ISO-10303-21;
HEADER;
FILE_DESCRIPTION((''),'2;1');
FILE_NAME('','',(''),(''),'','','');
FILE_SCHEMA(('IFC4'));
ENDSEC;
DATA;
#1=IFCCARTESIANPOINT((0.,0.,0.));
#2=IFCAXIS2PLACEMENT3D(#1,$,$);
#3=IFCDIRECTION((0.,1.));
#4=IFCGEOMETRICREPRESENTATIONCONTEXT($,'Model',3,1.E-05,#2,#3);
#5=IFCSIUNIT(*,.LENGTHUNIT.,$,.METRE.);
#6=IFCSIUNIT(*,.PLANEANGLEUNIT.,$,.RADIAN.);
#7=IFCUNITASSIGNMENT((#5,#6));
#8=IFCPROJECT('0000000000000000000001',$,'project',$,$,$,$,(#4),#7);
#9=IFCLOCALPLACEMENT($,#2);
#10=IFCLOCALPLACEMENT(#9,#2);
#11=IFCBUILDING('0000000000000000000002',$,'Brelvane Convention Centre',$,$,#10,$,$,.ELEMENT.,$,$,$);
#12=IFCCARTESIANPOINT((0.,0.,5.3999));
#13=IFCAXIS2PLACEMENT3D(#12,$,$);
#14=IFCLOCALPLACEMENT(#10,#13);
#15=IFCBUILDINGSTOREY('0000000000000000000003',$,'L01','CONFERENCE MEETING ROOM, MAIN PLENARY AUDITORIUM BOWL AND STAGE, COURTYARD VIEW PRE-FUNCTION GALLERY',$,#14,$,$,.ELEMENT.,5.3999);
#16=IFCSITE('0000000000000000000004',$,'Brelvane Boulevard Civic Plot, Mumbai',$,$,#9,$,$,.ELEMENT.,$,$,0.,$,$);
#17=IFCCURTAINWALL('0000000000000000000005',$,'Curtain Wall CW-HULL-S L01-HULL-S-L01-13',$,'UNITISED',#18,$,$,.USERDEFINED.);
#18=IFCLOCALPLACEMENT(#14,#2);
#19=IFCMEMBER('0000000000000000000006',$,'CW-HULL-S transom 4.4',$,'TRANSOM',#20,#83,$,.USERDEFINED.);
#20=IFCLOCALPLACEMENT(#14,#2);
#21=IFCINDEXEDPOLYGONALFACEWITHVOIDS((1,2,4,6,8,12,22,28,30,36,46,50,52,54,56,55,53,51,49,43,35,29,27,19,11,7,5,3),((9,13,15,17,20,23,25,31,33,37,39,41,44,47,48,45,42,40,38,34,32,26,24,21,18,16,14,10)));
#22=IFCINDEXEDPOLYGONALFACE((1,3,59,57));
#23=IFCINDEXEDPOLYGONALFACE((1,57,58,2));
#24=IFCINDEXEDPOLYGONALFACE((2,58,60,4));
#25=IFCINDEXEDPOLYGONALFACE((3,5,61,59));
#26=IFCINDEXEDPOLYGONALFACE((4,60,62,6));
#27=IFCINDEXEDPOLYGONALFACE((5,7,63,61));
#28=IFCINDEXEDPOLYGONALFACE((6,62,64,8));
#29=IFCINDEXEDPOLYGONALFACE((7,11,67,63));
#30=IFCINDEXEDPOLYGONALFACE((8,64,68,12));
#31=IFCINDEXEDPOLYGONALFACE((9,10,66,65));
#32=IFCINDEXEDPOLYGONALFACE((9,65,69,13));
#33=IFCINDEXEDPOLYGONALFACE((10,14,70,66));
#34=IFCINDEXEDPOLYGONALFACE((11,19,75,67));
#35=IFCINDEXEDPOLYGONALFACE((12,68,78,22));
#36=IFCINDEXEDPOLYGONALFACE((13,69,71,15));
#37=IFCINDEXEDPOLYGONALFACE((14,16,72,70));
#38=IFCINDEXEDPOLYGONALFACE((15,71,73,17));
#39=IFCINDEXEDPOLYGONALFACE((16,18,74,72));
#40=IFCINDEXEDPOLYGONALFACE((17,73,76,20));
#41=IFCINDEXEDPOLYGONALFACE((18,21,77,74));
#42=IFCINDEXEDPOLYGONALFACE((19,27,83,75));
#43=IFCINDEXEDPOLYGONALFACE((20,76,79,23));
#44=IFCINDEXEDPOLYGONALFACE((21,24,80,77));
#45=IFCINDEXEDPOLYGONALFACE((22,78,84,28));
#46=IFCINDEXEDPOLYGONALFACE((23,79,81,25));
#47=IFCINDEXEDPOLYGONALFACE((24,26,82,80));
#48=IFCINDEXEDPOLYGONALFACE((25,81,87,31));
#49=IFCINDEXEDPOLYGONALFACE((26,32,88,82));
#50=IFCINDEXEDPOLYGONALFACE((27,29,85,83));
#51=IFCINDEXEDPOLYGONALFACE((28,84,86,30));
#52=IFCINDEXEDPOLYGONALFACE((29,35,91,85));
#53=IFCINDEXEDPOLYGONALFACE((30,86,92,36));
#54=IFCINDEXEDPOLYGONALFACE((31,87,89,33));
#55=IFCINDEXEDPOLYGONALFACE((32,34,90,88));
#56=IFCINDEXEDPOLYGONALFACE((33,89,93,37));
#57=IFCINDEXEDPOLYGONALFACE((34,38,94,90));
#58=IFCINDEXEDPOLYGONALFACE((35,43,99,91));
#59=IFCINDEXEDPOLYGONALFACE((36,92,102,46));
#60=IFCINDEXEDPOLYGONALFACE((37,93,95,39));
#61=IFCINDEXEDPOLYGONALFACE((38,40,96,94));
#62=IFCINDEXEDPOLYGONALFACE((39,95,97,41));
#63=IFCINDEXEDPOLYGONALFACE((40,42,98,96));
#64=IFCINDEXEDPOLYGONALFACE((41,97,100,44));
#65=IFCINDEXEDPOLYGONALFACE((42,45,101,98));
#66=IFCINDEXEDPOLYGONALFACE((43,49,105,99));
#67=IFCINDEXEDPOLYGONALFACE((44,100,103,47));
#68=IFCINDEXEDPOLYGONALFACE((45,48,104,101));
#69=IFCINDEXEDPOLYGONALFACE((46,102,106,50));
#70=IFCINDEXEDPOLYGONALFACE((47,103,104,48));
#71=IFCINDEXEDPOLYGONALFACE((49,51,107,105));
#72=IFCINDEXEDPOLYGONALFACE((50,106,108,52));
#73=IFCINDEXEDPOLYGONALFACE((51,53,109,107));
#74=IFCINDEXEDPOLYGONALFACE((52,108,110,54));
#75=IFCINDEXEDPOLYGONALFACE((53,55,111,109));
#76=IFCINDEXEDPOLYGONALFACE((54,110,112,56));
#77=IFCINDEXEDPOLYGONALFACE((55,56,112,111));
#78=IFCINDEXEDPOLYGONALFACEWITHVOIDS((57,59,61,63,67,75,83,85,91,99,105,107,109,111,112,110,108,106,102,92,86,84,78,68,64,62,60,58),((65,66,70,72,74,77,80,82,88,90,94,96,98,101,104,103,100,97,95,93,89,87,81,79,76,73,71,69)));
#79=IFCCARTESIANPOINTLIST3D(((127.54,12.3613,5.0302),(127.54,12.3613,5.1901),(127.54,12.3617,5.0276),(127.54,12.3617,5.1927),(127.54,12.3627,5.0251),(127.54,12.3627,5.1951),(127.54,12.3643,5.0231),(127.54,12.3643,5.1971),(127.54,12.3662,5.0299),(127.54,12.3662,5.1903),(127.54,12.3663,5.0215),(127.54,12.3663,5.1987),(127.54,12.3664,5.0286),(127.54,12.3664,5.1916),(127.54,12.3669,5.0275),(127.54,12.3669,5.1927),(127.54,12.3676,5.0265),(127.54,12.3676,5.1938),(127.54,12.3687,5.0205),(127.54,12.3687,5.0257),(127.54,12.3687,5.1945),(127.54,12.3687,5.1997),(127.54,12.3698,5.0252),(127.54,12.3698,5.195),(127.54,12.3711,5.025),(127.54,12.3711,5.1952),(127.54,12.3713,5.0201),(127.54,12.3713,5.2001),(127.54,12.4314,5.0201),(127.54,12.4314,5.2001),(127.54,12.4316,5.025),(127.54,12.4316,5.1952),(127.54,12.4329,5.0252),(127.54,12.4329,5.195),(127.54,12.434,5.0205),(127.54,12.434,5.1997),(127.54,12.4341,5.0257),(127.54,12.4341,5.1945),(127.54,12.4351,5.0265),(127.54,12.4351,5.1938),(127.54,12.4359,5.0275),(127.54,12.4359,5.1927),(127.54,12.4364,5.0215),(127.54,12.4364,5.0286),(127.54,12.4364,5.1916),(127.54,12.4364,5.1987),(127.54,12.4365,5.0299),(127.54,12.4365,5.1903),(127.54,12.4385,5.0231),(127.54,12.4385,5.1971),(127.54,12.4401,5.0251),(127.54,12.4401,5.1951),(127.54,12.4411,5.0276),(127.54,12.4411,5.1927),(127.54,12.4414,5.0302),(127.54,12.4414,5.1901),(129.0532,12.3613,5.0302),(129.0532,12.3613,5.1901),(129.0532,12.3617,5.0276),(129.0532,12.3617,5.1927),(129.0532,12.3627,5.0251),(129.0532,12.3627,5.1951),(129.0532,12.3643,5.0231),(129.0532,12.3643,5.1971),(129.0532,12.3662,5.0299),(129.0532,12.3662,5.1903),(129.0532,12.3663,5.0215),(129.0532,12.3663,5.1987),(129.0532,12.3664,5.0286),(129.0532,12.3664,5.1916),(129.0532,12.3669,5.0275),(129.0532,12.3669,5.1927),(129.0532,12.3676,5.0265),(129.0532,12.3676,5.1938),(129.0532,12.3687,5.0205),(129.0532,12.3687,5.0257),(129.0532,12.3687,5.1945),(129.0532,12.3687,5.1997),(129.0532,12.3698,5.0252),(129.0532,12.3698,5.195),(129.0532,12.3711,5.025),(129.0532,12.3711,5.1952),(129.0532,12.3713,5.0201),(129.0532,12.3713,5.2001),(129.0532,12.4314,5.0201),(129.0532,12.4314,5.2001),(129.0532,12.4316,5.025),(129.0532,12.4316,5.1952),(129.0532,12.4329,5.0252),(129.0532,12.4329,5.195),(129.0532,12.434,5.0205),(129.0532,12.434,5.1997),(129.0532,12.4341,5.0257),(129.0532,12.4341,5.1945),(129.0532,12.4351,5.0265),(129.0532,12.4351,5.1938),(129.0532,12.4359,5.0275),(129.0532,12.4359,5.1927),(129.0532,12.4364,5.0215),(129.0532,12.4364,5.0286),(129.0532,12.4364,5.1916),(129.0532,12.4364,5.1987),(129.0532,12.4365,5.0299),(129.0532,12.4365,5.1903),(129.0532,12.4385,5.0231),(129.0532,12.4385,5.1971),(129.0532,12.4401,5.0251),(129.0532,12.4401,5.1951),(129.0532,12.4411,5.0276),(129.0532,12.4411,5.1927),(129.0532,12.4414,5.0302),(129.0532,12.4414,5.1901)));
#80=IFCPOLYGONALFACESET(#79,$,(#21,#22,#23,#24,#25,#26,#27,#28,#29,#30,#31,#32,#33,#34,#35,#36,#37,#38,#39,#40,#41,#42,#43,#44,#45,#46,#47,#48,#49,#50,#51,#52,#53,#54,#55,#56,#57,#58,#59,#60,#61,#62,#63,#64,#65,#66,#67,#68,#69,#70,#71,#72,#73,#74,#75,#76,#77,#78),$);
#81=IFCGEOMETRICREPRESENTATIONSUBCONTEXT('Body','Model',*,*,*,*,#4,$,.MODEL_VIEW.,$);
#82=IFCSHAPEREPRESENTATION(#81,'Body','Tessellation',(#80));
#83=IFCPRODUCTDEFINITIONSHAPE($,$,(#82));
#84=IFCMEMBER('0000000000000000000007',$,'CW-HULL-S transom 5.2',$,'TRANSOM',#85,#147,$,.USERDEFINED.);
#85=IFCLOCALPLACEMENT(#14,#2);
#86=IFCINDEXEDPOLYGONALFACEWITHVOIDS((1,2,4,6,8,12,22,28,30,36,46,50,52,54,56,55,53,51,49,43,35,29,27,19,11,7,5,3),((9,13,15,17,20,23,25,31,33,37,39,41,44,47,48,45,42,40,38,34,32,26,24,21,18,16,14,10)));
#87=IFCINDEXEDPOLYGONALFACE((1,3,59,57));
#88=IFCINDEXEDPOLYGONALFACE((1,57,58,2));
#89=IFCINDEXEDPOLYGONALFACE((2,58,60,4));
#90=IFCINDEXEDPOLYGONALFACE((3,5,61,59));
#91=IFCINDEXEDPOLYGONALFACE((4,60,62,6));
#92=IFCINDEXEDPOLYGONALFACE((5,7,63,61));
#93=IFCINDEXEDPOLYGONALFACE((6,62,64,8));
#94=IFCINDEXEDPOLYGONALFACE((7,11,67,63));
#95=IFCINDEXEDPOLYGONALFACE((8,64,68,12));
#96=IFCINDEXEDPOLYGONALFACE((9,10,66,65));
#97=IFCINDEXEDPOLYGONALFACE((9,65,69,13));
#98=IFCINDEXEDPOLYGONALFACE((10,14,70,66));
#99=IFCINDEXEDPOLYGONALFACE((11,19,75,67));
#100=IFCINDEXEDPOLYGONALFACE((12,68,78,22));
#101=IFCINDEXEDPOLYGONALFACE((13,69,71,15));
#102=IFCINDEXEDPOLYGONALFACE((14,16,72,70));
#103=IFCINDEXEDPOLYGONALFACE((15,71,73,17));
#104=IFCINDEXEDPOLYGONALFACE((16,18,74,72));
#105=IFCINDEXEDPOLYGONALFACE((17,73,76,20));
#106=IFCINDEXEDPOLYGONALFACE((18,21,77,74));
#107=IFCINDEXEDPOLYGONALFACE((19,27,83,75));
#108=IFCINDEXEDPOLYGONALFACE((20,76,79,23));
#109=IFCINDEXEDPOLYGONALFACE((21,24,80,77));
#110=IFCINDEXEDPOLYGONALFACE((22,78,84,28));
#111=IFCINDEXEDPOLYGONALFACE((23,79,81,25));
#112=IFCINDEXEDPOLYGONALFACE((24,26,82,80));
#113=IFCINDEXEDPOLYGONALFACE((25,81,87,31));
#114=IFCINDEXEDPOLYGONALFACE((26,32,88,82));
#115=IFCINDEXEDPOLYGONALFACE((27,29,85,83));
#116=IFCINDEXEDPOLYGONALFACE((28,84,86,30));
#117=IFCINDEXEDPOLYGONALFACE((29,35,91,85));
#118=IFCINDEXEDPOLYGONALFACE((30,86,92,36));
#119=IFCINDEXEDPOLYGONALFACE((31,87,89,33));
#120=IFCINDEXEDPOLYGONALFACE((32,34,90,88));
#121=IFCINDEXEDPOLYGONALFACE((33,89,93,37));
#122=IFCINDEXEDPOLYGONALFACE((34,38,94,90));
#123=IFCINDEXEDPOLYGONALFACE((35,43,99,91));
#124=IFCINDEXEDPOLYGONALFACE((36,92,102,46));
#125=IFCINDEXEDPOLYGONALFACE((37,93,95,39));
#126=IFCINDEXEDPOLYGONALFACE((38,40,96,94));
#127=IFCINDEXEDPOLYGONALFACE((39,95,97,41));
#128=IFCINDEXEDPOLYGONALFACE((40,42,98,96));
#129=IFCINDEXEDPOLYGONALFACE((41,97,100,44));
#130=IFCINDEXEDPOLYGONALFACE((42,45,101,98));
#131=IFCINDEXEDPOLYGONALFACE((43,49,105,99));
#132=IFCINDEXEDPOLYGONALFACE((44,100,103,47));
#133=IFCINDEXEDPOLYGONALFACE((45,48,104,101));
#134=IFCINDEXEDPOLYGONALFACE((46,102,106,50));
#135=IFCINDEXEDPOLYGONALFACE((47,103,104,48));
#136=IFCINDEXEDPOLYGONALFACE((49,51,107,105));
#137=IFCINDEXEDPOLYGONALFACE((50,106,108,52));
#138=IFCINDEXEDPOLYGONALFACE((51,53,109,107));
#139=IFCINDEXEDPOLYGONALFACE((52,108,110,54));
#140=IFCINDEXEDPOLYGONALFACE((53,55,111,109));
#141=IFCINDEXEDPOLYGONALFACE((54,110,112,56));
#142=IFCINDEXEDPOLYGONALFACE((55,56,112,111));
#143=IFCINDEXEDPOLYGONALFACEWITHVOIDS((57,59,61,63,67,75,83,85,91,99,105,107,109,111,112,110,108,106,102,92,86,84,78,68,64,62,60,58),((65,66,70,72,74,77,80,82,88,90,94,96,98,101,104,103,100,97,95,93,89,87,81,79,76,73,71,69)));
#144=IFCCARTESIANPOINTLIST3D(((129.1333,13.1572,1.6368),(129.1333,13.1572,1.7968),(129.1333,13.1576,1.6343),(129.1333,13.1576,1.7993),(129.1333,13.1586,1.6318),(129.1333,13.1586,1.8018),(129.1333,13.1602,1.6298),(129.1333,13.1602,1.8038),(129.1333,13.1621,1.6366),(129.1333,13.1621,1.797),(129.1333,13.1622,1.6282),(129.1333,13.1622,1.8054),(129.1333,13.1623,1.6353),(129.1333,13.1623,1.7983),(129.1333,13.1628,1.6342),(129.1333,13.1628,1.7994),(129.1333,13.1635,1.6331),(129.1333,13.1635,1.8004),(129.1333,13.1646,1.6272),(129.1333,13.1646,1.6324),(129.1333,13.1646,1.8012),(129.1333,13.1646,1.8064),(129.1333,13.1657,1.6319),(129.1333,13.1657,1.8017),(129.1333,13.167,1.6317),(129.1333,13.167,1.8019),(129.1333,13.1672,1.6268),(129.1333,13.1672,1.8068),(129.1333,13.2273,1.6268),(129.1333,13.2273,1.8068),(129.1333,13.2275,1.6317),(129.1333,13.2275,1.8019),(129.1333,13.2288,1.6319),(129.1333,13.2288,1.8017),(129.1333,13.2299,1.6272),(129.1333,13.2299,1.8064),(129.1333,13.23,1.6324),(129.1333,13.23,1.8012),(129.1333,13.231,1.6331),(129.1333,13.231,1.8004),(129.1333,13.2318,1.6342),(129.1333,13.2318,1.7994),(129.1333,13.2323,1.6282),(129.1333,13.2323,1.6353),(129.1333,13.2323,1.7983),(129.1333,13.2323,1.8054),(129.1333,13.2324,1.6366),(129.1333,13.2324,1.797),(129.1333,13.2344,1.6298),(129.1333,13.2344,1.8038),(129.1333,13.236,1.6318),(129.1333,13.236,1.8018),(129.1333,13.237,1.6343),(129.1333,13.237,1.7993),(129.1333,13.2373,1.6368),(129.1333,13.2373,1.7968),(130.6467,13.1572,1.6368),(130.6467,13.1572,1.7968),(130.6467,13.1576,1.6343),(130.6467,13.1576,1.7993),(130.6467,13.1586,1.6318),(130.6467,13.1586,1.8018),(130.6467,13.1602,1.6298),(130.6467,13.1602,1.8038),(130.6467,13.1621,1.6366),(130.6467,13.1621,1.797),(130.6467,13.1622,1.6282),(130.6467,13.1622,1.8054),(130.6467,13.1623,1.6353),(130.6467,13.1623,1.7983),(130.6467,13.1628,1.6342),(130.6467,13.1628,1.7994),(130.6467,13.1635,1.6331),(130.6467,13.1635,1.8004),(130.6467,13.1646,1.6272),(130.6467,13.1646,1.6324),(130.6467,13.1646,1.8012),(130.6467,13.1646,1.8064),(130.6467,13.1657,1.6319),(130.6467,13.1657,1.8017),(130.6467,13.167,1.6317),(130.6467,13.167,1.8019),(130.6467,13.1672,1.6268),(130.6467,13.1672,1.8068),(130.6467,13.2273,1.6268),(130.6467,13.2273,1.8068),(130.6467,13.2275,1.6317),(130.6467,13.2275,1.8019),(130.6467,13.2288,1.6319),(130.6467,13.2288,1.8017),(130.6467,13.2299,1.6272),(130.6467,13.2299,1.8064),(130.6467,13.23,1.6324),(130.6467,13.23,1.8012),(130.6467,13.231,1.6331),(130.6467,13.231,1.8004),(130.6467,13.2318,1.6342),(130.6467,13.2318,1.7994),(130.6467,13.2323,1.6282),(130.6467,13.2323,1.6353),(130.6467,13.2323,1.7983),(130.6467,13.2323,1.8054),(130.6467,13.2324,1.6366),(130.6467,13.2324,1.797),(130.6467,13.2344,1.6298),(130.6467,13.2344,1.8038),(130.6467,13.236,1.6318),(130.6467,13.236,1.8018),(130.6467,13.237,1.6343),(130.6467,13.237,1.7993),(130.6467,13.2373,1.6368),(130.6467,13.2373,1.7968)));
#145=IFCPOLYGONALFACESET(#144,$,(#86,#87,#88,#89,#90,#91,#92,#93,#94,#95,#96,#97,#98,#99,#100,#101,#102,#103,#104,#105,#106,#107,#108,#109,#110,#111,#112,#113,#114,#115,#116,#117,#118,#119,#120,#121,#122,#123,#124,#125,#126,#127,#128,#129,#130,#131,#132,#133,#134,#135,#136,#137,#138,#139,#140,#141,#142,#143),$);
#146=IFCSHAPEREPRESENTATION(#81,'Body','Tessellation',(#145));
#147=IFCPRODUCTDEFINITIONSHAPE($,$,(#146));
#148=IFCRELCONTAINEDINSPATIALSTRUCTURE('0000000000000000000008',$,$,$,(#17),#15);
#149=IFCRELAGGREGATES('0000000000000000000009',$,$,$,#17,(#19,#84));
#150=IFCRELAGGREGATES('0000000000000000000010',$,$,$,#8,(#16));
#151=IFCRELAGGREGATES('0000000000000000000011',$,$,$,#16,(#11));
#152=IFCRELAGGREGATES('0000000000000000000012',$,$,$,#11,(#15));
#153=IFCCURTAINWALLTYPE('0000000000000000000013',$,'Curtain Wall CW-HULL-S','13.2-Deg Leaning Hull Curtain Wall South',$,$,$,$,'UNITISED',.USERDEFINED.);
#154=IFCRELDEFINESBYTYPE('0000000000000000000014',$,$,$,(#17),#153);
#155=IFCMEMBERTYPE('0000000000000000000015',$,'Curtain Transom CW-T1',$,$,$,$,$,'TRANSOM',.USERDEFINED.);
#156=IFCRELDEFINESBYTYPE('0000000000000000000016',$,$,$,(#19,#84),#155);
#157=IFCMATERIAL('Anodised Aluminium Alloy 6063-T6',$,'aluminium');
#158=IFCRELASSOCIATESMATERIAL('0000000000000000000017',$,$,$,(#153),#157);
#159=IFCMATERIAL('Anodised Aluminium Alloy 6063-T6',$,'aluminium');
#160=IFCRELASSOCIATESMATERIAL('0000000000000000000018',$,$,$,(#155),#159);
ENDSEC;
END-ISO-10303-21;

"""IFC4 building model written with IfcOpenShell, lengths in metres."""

from ifc_helpers import new_model, si_unit, direction, frame, origin, origin_2d, place, context, subcontext, project, spatial, hollow_rectangle, extrude, material, material_profile, profile_set, type_object, element, aggregate, save


model = new_model("IFC4")

# Units and contexts
model_context = context("Model", 3, precision=1e-05, world=origin(), true_north=direction((0.0, 1.0)))
body_context = subcontext(model_context, "Body", "Model", "MODEL_VIEW")
ifc_project = project(units=[si_unit("LENGTHUNIT", "METRE"), si_unit("PLANEANGLEUNIT", "RADIAN")], contexts=[model_context])

# Site, building, storey
site_placement = place(None, origin())
site = spatial("IfcSite", under=ifc_project, at=site_placement, Name="Brelvane Boulevard Civic Plot, Mumbai", CompositionType="ELEMENT", RefElevation=0.0)
building_placement = place(site_placement, origin())
building = spatial("IfcBuilding", under=site, at=building_placement, Name="Brelvane Convention Centre", CompositionType="ELEMENT")
storey_placement = place(building_placement, frame((0.0, 0.0, 5.3999)))
storey = spatial("IfcBuildingStorey", under=building, at=storey_placement, Name="L01", Description="CONFERENCE MEETING ROOM, MAIN PLENARY AUDITORIUM BOWL AND STAGE, COURTYARD VIEW PRE-FUNCTION GALLERY", CompositionType="ELEMENT", Elevation=5.3999)

# Curtain wall, members
ifc_material_1 = material(Name="Anodised Aluminium Alloy 6063-T6", Category="aluminium")
curtain_wall_type = type_object("IfcCurtainWallType", Name="Curtain Wall CW-HULL-S", Description="13.2-Deg Leaning Hull Curtain Wall South", ElementType="UNITISED", PredefinedType="USERDEFINED", material=ifc_material_1)
ifc_material_2 = material(Name="Anodised Aluminium Alloy 6063-T6", Category="aluminium")
ifc_material_profile = material_profile(ifc_material_2, hollow_rectangle(XDim=0.0801, YDim=0.1799, WallThickness=0.0049, InnerFilletRadius=0.0049, OuterFilletRadius=0.01, at=origin_2d()), Name="ALU-T 180x80x5.0")
ifc_profile_set = profile_set([ifc_material_profile], Name="Anodised Aluminium Alloy 6063-T6")
member_type = type_object("IfcMemberType", Name="Curtain Transom CW-T1", ElementType="TRANSOM", PredefinedType="USERDEFINED", material=ifc_profile_set)
curtain_wall_1_placement = place(storey_placement, origin())
curtain_wall_1 = element("IfcCurtainWall", 1, at=curtain_wall_1_placement, inside=storey, type_object=curtain_wall_type, Name="Curtain Wall CW-HULL-S L01-HULL-S-L01-13", ObjectType="UNITISED", PredefinedType="USERDEFINED")
member_1_placement = place(storey_placement, frame((127.54, 12.4014, 5.1101), z_axis=(1.0, 0.0, 0.0), x_axis=(0.0, 1.0, 0.0)))
member_1 = element("IfcMember", 2, at=member_1_placement, type_object=member_type, Name="CW-HULL-S transom 4.4", ObjectType="TRANSOM", PredefinedType="USERDEFINED", context=body_context, shape_type="SweptSolid", body=[
    extrude(hollow_rectangle(XDim=0.0801, YDim=0.1799, WallThickness=0.0049, InnerFilletRadius=0.0049, OuterFilletRadius=0.01, at=origin_2d()), origin(), (0.0, 0.0, 1.0), 1.5132),
])
member_2_placement = place(storey_placement, frame((129.1333, 13.1973, 1.7168), z_axis=(1.0, 0.0, 0.0), x_axis=(0.0, 1.0, 0.0)))
member_2 = element("IfcMember", 3, at=member_2_placement, type_object=member_type, Name="CW-HULL-S transom 5.2", ObjectType="TRANSOM", PredefinedType="USERDEFINED", context=body_context, shape_type="SweptSolid", body=[
    extrude(hollow_rectangle(XDim=0.0801, YDim=0.1799, WallThickness=0.0049, InnerFilletRadius=0.0049, OuterFilletRadius=0.01, at=origin_2d()), origin(), (0.0, 0.0, 1.0), 1.5134),
])

aggregate(curtain_wall_1, [member_1, member_2])

save(model, "model.ifc")
